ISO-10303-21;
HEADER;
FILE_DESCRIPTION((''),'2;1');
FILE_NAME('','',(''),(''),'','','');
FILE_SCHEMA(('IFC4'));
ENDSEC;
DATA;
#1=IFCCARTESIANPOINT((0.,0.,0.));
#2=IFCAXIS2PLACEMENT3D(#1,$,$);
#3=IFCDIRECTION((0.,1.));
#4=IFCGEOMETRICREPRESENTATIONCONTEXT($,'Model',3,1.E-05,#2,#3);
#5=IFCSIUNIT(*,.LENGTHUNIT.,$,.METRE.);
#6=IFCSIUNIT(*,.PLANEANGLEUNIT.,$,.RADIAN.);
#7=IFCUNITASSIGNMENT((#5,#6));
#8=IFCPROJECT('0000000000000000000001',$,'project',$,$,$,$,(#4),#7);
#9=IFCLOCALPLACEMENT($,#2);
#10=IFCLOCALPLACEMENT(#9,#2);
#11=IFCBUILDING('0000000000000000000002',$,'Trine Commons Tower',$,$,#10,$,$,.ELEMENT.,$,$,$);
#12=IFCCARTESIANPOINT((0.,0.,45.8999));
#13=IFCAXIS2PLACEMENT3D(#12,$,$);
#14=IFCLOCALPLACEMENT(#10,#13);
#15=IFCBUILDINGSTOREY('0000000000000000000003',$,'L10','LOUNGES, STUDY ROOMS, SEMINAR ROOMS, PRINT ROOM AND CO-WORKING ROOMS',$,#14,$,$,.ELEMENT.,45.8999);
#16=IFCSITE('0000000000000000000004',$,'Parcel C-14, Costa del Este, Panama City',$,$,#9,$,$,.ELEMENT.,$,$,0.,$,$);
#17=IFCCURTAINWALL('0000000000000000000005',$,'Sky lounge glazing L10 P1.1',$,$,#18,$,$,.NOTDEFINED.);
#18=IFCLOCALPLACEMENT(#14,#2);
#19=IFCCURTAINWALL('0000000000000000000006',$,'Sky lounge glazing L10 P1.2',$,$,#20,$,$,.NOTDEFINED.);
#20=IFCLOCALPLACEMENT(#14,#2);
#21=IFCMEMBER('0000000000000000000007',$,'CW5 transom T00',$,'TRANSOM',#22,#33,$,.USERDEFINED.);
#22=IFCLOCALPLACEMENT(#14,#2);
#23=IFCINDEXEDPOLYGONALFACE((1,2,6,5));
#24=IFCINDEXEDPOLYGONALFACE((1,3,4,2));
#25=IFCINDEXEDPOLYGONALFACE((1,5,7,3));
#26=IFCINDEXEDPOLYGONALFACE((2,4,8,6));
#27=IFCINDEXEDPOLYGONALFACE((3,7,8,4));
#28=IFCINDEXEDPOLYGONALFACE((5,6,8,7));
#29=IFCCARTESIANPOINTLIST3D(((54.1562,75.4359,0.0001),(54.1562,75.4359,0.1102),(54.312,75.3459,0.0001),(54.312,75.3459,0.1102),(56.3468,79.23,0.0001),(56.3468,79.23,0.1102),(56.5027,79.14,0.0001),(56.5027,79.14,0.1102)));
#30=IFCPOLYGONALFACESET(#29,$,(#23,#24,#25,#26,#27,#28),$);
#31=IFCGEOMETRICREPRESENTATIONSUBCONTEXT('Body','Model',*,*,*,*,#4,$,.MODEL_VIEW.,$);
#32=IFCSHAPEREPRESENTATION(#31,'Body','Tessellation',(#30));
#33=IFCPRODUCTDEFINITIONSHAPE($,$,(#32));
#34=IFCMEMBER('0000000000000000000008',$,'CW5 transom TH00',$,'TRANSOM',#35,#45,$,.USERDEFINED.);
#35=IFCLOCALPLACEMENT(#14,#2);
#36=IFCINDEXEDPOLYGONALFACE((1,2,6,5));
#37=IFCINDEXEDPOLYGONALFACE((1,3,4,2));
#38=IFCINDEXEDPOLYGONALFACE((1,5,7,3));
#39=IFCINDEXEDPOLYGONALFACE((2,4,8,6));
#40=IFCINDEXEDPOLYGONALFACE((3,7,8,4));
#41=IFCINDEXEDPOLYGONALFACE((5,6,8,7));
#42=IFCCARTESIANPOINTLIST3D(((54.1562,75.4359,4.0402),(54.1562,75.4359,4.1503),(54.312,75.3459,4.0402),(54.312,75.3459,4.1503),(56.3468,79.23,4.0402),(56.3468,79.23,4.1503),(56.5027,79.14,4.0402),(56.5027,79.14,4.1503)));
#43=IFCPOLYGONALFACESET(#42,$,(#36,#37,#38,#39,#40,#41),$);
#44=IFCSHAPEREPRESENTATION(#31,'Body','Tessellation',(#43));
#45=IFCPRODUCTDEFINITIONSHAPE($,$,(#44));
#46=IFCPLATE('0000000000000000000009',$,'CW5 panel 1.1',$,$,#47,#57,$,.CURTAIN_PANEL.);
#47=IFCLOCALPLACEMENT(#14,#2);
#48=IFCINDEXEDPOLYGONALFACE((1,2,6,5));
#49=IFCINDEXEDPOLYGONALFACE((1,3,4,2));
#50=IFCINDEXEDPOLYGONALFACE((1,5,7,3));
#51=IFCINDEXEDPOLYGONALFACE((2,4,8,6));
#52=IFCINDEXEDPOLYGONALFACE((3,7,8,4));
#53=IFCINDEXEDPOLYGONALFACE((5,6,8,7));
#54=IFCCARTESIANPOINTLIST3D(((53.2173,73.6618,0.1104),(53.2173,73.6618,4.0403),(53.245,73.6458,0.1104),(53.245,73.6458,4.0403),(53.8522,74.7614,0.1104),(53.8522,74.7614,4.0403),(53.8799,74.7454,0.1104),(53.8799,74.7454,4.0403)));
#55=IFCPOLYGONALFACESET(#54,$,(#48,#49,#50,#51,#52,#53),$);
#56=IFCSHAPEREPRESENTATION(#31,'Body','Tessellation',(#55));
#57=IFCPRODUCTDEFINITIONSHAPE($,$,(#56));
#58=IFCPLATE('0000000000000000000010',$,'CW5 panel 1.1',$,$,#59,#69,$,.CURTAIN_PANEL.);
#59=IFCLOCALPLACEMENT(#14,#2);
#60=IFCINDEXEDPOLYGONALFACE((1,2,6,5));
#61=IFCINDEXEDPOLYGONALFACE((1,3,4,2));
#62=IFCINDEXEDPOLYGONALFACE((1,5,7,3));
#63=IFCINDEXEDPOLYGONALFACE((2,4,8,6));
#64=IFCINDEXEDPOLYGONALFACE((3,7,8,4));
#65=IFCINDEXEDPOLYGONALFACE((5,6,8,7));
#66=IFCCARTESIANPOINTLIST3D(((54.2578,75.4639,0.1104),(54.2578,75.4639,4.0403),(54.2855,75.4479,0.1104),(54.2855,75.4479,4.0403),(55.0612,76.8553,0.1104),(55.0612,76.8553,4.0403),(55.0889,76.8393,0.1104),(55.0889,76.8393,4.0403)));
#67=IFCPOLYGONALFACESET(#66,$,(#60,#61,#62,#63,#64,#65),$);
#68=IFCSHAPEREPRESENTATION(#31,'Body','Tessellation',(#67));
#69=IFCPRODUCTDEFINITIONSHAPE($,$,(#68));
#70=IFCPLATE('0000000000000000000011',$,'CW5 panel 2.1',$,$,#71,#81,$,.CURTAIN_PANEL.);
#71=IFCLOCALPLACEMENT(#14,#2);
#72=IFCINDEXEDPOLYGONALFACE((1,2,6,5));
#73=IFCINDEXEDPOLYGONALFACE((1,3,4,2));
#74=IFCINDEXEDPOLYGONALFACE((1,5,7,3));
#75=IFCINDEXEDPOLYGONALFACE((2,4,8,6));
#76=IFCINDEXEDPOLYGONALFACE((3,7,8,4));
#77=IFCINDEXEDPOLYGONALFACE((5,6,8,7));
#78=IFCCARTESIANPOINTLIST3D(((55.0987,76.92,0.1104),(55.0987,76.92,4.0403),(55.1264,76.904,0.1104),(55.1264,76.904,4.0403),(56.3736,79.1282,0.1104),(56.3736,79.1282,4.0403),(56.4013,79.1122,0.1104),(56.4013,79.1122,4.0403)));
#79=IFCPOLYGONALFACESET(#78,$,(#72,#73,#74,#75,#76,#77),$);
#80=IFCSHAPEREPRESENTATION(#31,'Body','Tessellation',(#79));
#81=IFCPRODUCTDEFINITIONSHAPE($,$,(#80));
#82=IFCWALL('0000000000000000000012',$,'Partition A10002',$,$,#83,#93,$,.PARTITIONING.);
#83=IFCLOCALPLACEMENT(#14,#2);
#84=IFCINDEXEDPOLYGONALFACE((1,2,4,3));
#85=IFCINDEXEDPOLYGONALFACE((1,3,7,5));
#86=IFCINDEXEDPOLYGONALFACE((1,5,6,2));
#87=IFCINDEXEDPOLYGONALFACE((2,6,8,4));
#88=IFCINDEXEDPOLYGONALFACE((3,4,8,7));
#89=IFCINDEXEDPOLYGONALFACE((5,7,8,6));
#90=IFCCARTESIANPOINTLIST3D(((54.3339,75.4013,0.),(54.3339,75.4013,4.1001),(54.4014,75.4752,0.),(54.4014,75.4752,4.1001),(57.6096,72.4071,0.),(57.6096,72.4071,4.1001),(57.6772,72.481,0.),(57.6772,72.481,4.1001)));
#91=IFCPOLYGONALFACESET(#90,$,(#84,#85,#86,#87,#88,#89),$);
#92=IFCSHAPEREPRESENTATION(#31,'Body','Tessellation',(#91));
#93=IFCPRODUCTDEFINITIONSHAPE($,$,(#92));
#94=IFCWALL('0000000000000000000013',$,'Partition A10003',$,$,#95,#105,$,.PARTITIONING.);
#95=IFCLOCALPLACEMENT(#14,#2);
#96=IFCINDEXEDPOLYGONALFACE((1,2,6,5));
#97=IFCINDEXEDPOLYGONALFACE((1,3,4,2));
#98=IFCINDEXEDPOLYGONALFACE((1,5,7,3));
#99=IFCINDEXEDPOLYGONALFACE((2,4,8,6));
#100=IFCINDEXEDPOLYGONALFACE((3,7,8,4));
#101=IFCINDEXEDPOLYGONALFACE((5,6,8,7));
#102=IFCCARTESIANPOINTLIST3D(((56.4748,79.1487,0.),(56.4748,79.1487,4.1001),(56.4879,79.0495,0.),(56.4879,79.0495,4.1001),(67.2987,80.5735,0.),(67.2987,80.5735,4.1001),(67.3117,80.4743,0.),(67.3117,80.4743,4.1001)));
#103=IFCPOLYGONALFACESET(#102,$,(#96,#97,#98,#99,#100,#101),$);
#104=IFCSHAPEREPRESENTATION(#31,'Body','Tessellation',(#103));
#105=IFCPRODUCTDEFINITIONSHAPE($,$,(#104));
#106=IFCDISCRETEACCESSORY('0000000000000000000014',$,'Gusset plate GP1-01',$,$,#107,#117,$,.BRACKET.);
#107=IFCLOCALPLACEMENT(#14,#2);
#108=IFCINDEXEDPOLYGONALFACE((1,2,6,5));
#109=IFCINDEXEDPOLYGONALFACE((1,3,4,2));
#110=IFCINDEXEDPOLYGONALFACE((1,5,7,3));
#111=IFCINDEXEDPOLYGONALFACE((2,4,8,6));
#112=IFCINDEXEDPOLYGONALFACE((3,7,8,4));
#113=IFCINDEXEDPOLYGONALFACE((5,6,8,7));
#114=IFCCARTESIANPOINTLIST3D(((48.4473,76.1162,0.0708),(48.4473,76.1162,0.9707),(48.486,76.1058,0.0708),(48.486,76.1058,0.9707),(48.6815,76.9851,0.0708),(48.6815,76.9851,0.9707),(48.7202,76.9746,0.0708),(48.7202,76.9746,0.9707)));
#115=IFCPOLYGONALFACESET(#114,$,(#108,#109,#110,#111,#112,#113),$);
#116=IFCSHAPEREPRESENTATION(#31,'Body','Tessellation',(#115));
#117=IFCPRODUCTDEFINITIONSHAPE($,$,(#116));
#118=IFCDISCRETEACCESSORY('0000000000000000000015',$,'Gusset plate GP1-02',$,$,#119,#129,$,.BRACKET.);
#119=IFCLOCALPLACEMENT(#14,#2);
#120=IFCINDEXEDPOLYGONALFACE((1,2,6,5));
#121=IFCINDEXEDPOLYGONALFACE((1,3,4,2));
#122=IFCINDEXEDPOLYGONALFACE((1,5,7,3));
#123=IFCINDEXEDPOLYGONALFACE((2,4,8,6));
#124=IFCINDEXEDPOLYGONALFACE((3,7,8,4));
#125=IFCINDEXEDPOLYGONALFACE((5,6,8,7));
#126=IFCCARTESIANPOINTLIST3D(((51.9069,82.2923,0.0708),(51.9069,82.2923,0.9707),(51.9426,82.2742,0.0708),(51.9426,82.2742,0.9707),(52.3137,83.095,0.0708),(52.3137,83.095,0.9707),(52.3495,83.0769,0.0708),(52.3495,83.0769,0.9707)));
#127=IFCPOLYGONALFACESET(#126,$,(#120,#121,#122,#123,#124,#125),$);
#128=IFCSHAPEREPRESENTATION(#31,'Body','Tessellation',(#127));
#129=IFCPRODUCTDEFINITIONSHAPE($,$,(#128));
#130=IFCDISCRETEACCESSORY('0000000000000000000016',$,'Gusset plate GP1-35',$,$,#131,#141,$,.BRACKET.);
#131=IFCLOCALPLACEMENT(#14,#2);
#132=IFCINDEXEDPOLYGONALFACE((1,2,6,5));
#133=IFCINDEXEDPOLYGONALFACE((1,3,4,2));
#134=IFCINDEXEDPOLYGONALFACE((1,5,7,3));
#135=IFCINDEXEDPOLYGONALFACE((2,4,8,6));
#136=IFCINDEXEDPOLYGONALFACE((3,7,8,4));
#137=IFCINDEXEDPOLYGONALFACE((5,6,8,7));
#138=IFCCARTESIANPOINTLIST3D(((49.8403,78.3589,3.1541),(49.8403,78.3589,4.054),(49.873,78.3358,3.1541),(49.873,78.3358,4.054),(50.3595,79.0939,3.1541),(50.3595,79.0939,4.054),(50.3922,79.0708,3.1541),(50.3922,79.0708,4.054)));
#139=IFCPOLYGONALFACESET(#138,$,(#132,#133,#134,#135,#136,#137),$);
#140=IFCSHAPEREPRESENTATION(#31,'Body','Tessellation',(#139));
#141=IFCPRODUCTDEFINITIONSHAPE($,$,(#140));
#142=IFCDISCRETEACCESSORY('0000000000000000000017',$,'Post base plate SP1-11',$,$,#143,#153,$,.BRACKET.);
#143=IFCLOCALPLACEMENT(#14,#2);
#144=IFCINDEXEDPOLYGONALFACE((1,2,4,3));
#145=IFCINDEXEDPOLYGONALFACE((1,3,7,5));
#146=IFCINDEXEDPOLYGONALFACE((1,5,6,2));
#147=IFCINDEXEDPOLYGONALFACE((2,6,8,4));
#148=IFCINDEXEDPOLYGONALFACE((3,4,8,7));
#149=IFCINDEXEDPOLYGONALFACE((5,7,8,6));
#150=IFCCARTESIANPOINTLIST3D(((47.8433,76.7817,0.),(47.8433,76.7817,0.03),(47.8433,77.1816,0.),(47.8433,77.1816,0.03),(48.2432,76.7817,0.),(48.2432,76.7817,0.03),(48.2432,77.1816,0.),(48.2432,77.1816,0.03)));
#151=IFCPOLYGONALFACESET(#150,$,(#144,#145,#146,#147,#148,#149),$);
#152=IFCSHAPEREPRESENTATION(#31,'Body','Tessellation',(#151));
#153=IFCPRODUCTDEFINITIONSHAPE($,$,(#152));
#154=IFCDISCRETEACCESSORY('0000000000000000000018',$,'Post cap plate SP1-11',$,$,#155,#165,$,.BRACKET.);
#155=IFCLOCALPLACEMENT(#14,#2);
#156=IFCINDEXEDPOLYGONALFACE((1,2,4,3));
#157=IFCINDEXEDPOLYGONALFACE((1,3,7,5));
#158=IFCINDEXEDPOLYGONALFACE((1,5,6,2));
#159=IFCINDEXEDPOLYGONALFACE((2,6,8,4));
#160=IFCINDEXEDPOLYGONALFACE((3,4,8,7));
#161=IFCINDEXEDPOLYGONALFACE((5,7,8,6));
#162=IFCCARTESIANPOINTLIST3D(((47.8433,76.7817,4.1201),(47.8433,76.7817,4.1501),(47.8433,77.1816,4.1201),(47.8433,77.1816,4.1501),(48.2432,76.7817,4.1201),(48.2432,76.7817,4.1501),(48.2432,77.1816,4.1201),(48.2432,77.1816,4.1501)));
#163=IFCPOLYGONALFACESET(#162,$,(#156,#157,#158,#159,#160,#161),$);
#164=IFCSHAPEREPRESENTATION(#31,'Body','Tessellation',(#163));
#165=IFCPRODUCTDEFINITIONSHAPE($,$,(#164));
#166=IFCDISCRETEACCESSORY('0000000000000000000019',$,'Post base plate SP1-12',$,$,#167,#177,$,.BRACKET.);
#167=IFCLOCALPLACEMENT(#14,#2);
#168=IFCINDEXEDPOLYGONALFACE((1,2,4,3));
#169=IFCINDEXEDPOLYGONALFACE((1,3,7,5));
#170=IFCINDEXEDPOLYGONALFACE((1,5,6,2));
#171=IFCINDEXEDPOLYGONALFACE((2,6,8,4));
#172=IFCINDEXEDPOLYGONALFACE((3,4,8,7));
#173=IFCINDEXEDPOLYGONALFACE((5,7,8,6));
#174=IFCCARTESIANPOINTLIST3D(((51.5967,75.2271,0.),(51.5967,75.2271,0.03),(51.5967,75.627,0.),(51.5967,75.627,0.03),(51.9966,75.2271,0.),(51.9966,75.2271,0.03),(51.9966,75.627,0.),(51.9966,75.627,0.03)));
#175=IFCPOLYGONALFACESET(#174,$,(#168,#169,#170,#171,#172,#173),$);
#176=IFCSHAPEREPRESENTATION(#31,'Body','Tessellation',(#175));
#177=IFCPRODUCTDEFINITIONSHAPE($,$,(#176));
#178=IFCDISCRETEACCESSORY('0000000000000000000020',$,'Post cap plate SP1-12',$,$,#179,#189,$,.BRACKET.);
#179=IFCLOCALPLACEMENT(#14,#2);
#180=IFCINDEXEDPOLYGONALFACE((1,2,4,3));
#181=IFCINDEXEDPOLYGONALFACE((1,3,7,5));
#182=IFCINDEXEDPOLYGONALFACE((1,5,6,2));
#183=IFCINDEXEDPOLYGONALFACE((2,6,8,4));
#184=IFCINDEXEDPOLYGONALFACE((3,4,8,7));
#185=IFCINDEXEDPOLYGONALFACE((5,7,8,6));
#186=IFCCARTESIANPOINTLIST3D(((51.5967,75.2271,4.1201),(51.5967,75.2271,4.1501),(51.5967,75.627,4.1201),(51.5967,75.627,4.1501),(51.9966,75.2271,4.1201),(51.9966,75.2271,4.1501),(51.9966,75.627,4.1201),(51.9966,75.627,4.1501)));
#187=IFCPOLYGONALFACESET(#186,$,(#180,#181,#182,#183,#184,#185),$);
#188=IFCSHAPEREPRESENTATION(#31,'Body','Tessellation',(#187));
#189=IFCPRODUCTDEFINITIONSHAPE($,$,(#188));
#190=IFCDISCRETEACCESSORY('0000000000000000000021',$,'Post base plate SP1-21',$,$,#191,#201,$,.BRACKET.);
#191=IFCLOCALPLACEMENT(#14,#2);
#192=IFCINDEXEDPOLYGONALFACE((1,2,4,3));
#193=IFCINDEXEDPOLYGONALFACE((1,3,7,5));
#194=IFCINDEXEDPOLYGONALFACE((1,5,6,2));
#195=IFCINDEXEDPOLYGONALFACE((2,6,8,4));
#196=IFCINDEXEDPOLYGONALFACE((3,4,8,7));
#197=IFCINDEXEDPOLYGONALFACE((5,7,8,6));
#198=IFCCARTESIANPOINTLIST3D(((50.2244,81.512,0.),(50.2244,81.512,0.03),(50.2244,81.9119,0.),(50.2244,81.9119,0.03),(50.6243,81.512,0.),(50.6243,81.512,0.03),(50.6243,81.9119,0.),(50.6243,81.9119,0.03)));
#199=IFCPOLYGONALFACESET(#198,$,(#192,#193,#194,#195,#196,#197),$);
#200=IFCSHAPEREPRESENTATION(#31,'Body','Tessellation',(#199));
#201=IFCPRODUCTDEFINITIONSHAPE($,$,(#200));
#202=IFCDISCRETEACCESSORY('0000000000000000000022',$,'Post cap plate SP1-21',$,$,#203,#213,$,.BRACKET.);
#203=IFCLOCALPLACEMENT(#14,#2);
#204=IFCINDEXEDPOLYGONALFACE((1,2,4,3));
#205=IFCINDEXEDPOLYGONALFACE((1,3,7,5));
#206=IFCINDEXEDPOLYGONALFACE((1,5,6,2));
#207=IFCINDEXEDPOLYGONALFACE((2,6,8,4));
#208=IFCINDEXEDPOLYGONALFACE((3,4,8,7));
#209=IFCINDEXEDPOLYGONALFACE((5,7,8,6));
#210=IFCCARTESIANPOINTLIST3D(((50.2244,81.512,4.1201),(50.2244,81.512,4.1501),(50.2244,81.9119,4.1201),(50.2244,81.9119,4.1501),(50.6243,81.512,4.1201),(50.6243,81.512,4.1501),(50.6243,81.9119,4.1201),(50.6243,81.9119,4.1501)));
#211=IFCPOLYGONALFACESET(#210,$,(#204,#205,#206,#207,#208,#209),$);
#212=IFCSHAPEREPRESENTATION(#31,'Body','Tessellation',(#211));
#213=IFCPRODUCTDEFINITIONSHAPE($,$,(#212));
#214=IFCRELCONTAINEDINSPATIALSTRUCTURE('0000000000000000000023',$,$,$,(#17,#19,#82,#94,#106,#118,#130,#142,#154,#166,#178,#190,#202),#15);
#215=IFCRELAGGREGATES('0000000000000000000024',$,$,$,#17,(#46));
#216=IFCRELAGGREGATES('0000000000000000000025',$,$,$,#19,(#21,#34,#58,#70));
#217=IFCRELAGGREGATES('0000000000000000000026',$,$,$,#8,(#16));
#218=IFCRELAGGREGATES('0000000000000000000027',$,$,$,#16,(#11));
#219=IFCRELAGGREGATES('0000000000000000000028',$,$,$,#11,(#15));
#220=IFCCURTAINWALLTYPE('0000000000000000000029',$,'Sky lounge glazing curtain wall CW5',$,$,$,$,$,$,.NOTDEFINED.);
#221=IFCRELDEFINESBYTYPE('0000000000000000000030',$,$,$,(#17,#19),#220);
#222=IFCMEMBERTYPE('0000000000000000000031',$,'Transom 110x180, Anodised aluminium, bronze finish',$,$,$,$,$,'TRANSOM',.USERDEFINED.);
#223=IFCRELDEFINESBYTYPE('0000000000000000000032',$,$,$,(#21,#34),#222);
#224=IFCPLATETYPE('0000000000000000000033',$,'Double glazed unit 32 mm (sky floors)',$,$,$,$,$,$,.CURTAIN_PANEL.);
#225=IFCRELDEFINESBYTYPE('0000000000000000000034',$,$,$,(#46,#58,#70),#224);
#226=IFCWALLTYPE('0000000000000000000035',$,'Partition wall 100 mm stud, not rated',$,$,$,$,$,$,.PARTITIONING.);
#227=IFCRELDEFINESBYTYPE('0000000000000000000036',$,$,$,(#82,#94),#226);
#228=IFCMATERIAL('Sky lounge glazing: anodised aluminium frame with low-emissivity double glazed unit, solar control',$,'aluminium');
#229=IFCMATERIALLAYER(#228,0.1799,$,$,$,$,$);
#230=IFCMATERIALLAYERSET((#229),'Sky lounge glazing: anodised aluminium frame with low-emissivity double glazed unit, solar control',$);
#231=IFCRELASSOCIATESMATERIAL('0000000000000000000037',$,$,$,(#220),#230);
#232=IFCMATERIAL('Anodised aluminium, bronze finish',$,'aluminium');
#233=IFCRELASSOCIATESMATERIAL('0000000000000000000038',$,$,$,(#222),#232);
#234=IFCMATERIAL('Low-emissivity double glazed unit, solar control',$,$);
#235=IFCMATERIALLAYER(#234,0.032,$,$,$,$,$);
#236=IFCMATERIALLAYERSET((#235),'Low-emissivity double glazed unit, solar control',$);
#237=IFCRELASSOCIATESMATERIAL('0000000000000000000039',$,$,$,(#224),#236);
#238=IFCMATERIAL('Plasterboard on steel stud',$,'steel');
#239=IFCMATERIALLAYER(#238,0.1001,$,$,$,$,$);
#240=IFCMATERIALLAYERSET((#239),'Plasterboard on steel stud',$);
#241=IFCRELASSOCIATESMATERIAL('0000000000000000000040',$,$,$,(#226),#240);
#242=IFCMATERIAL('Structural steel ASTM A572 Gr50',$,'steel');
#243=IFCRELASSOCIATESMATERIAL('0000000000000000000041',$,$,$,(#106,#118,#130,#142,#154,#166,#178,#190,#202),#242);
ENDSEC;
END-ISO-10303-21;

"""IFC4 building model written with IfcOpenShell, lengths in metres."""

from ifc_helpers import new_model, si_unit, direction, frame, frame_2d, origin, origin_2d, place, context, subcontext, project, spatial, rectangle, extrude, material, layer, layer_set, material_profile, profile_set, type_object, element, aggregate, save


model = new_model("IFC4")

# Units and contexts
model_context = context("Model", 3, precision=1e-05, world=origin(), true_north=direction((0.0, 1.0)))
body_context = subcontext(model_context, "Body", "Model", "MODEL_VIEW")
ifc_project = project(units=[si_unit("LENGTHUNIT", "METRE"), si_unit("PLANEANGLEUNIT", "RADIAN")], contexts=[model_context])

# Site, building, storey
site_placement = place(None, origin())
site = spatial("IfcSite", under=ifc_project, at=site_placement, Name="Parcel C-14, Costa del Este, Panama City", CompositionType="ELEMENT", RefElevation=0.0)
building_placement = place(site_placement, origin())
building = spatial("IfcBuilding", under=site, at=building_placement, Name="Trine Commons Tower", CompositionType="ELEMENT")
storey_placement = place(building_placement, frame((0.0, 0.0, 45.8999)))
storey = spatial("IfcBuildingStorey", under=building, at=storey_placement, Name="L10", Description="LOUNGES, STUDY ROOMS, SEMINAR ROOMS, PRINT ROOM AND CO-WORKING ROOMS", CompositionType="ELEMENT", Elevation=45.8999)

# Curtain wall
ifc_material_1 = material(Name="Sky lounge glazing: anodised aluminium frame with low-emissivity double glazed unit, solar control", Category="aluminium")
ifc_layer_1 = layer(ifc_material_1, 0.1799)
ifc_layer_set_1 = layer_set([ifc_layer_1], Name="Sky lounge glazing: anodised aluminium frame with low-emissivity double glazed unit, solar control")
curtain_wall_type = type_object("IfcCurtainWallType", Name="Sky lounge glazing curtain wall CW5", PredefinedType="NOTDEFINED", material=ifc_layer_set_1)
curtain_wall_1_placement = place(storey_placement, origin())
curtain_wall_1 = element("IfcCurtainWall", 1, at=curtain_wall_1_placement, inside=storey, type_object=curtain_wall_type, Name="Sky lounge glazing L10 P1.1", PredefinedType="NOTDEFINED")
ifc_material_2 = material(Name="Anodised aluminium, bronze finish", Category="aluminium")

# Curtain wall
curtain_wall_2_placement = place(storey_placement, origin())
curtain_wall_2 = element("IfcCurtainWall", 2, at=curtain_wall_2_placement, inside=storey, type_object=curtain_wall_type, Name="Sky lounge glazing L10 P1.2", PredefinedType="NOTDEFINED")

# Members
ifc_material_profile_1 = material_profile(ifc_material_2, rectangle(XDim=0.1799, YDim=0.1101, at=origin_2d()), Name="Transom 110x180")
ifc_profile_set_1 = profile_set([ifc_material_profile_1], Name="Anodised aluminium, bronze finish")
member_type_1 = type_object("IfcMemberType", Name="Transom 110x180, Anodised aluminium, bronze finish", ElementType="TRANSOM", PredefinedType="USERDEFINED", material=ifc_profile_set_1)
member_1_placement = place(storey_placement, frame((54.2341, 75.3909, 0.0552), z_axis=(0.500017, 0.866016, 0.0), x_axis=(-0.866016, 0.500017, 0.0)))
member_1 = element("IfcMember", 3, at=member_1_placement, type_object=member_type_1, Name="CW5 transom T00", ObjectType="TRANSOM", PredefinedType="USERDEFINED", context=body_context, shape_type="SweptSolid", body=[
    extrude(rectangle(XDim=0.1799, YDim=0.1101, at=origin_2d()), origin(), (0.0, 0.0, 1.0), 4.3811),
])
member_2_placement = place(storey_placement, frame((54.2341, 75.3909, 4.0952), z_axis=(0.500017, 0.866016, 0.0), x_axis=(-0.866016, 0.500017, 0.0)))
member_2 = element("IfcMember", 4, at=member_2_placement, type_object=member_type_1, Name="CW5 transom TH00", ObjectType="TRANSOM", PredefinedType="USERDEFINED", context=body_context, shape_type="SweptSolid", body=[
    extrude(rectangle(XDim=0.1799, YDim=0.1101, at=origin_2d()), origin(), (0.0, 0.0, 1.0), 4.3811),
])

# Plates
ifc_material_3 = material(Name="Low-emissivity double glazed unit, solar control")
ifc_layer_2 = layer(ifc_material_3, 0.032)
ifc_layer_set_2 = layer_set([ifc_layer_2], Name="Low-emissivity double glazed unit, solar control")
plate_type = type_object("IfcPlateType", Name="Double glazed unit 32 mm (sky floors)", PredefinedType="CURTAIN_PANEL", material=ifc_layer_set_2)
plate_1_placement = place(storey_placement, frame((53.5486, 74.2036, 0.1104), z_axis=(0.0, 0.0, 1.0), x_axis=(0.5, 0.866025, 0.0)))
plate_1 = element("IfcPlate", 5, at=plate_1_placement, type_object=plate_type, Name="CW5 panel 1.1", PredefinedType="CURTAIN_PANEL", context=body_context, shape_type="SweptSolid", body=[
    extrude(rectangle(XDim=1.2698, YDim=0.032, at=origin_2d()), origin(), (0.0, 0.0, 1.0), 3.9299),
])
aggregate(curtain_wall_1, [plate_1])
plate_2_placement = place(storey_placement, frame((54.6733, 76.1516, 0.1104), z_axis=(0.0, 0.0, 1.0), x_axis=(0.5, 0.866025, 0.0)))
plate_2 = element("IfcPlate", 6, at=plate_2_placement, type_object=plate_type, Name="CW5 panel 1.1", PredefinedType="CURTAIN_PANEL", context=body_context, shape_type="SweptSolid", body=[
    extrude(rectangle(XDim=1.6067, YDim=0.032, at=origin_2d()), origin(), (0.0, 0.0, 1.0), 3.9299),
])
plate_3_placement = place(storey_placement, frame((55.75, 78.0161, 0.1104), z_axis=(0.0, 0.0, 1.0), x_axis=(0.5, 0.866025, 0.0)))
plate_3 = element("IfcPlate", 7, at=plate_3_placement, type_object=plate_type, Name="CW5 panel 2.1", PredefinedType="CURTAIN_PANEL", context=body_context, shape_type="SweptSolid", body=[
    extrude(rectangle(XDim=2.5498, YDim=0.032, at=origin_2d()), origin(), (0.0, 0.0, 1.0), 3.9299),
])
aggregate(curtain_wall_2, [member_1, member_2, plate_2, plate_3])

# Walls
ifc_material_4 = material(Name="Plasterboard on steel stud", Category="steel")
ifc_layer_3 = layer(ifc_material_4, 0.1001)
ifc_layer_set_3 = layer_set([ifc_layer_3], Name="Plasterboard on steel stud")
wall_type_1 = type_object("IfcWallType", Name="Partition wall 100 mm stud, not rated", PredefinedType="PARTITIONING", material=ifc_layer_set_3)
wall_1_placement = place(storey_placement, frame((54.3677, 75.4382, 0.0), z_axis=(0.0, 0.0, 1.0), x_axis=(0.73811, -0.67468, 0.0)))
element("IfcWall", 8, at=wall_1_placement, inside=storey, type_object=wall_type_1, Name="Partition A10002", PredefinedType="PARTITIONING", context=body_context, shape_type="SweptSolid", body=[
    extrude(rectangle(XDim=4.438, YDim=0.1001, at=frame_2d((2.219, 0.0))), origin(), (0.0, 0.0, 1.0), 4.1001),
])
wall_2_placement = place(storey_placement, frame((56.4814, 79.0991, 0.0), z_axis=(0.0, 0.0, 1.0), x_axis=(0.991447, 0.130508, 0.0)))
element("IfcWall", 9, at=wall_2_placement, inside=storey, type_object=wall_type_1, Name="Partition A10003", PredefinedType="PARTITIONING", context=body_context, shape_type="SweptSolid", body=[
    extrude(rectangle(XDim=10.9172, YDim=0.1001, at=frame_2d((5.4585, 0.0))), origin(), (0.0, 0.0, 1.0), 4.1001),
])

# Discrete accessories
ifc_material_5 = material(Name="Structural steel ASTM A572 Gr50", Category="steel")
for number, where, z_axis, x_axis, name in (
    (10, (48.5837, 76.5454, 0.0708), (0.0, 0.0, 1.0), (-0.260235, -0.965545, 0.0), "Gusset plate GP1-01"),
    (11, (52.1282, 82.6846, 0.0708), (0.0, 0.0, 1.0), (-0.452092, -0.891971, 0.0), "Gusset plate GP1-02"),
    (12, (50.1162, 78.7148, 3.1541), (0.0, 0.0, 1.0), (0.576946, 0.816783, 0.0), "Gusset plate GP1-35"),
):
    element("IfcDiscreteAccessory", number, at=place(storey_placement, frame(where, z_axis=z_axis, x_axis=x_axis)), inside=storey, material=ifc_material_5, Name=name, PredefinedType="BRACKET", context=body_context, shape_type="SweptSolid", body=[
        extrude(rectangle(XDim=0.8999, YDim=0.04, at=origin_2d()), origin(), (0.0, 0.0, 1.0), 0.8999),
    ])
for number, where, z_axis, x_axis, name in (
    (13, (48.0432, 76.9817, 0.0), (0.0, 0.0, 1.0), (1.0, 0.0, 0.0), "Post base plate SP1-11"),
    (14, (48.0432, 76.9817, 4.1201), (0.0, 0.0, 1.0), (1.0, 0.0, 0.0), "Post cap plate SP1-11"),
    (15, (51.7966, 75.427, 0.0), (0.0, 0.0, 1.0), (1.0, 0.0, 0.0), "Post base plate SP1-12"),
    (16, (51.7966, 75.427, 4.1201), (0.0, 0.0, 1.0), (1.0, 0.0, 0.0), "Post cap plate SP1-12"),
    (17, (50.4243, 81.7119, 0.0), (0.0, 0.0, 1.0), (1.0, 0.0, 0.0), "Post base plate SP1-21"),
    (18, (50.4243, 81.7119, 4.1201), (0.0, 0.0, 1.0), (1.0, 0.0, 0.0), "Post cap plate SP1-21"),
):
    element("IfcDiscreteAccessory", number, at=place(storey_placement, frame(where, z_axis=z_axis, x_axis=x_axis)), inside=storey, material=ifc_material_5, Name=name, PredefinedType="BRACKET", context=body_context, shape_type="SweptSolid", body=[
        extrude(rectangle(XDim=0.3999, YDim=0.3999, at=origin_2d()), origin(), (0.0, 0.0, 1.0), 0.03),
    ])

save(model, "model.ifc")
